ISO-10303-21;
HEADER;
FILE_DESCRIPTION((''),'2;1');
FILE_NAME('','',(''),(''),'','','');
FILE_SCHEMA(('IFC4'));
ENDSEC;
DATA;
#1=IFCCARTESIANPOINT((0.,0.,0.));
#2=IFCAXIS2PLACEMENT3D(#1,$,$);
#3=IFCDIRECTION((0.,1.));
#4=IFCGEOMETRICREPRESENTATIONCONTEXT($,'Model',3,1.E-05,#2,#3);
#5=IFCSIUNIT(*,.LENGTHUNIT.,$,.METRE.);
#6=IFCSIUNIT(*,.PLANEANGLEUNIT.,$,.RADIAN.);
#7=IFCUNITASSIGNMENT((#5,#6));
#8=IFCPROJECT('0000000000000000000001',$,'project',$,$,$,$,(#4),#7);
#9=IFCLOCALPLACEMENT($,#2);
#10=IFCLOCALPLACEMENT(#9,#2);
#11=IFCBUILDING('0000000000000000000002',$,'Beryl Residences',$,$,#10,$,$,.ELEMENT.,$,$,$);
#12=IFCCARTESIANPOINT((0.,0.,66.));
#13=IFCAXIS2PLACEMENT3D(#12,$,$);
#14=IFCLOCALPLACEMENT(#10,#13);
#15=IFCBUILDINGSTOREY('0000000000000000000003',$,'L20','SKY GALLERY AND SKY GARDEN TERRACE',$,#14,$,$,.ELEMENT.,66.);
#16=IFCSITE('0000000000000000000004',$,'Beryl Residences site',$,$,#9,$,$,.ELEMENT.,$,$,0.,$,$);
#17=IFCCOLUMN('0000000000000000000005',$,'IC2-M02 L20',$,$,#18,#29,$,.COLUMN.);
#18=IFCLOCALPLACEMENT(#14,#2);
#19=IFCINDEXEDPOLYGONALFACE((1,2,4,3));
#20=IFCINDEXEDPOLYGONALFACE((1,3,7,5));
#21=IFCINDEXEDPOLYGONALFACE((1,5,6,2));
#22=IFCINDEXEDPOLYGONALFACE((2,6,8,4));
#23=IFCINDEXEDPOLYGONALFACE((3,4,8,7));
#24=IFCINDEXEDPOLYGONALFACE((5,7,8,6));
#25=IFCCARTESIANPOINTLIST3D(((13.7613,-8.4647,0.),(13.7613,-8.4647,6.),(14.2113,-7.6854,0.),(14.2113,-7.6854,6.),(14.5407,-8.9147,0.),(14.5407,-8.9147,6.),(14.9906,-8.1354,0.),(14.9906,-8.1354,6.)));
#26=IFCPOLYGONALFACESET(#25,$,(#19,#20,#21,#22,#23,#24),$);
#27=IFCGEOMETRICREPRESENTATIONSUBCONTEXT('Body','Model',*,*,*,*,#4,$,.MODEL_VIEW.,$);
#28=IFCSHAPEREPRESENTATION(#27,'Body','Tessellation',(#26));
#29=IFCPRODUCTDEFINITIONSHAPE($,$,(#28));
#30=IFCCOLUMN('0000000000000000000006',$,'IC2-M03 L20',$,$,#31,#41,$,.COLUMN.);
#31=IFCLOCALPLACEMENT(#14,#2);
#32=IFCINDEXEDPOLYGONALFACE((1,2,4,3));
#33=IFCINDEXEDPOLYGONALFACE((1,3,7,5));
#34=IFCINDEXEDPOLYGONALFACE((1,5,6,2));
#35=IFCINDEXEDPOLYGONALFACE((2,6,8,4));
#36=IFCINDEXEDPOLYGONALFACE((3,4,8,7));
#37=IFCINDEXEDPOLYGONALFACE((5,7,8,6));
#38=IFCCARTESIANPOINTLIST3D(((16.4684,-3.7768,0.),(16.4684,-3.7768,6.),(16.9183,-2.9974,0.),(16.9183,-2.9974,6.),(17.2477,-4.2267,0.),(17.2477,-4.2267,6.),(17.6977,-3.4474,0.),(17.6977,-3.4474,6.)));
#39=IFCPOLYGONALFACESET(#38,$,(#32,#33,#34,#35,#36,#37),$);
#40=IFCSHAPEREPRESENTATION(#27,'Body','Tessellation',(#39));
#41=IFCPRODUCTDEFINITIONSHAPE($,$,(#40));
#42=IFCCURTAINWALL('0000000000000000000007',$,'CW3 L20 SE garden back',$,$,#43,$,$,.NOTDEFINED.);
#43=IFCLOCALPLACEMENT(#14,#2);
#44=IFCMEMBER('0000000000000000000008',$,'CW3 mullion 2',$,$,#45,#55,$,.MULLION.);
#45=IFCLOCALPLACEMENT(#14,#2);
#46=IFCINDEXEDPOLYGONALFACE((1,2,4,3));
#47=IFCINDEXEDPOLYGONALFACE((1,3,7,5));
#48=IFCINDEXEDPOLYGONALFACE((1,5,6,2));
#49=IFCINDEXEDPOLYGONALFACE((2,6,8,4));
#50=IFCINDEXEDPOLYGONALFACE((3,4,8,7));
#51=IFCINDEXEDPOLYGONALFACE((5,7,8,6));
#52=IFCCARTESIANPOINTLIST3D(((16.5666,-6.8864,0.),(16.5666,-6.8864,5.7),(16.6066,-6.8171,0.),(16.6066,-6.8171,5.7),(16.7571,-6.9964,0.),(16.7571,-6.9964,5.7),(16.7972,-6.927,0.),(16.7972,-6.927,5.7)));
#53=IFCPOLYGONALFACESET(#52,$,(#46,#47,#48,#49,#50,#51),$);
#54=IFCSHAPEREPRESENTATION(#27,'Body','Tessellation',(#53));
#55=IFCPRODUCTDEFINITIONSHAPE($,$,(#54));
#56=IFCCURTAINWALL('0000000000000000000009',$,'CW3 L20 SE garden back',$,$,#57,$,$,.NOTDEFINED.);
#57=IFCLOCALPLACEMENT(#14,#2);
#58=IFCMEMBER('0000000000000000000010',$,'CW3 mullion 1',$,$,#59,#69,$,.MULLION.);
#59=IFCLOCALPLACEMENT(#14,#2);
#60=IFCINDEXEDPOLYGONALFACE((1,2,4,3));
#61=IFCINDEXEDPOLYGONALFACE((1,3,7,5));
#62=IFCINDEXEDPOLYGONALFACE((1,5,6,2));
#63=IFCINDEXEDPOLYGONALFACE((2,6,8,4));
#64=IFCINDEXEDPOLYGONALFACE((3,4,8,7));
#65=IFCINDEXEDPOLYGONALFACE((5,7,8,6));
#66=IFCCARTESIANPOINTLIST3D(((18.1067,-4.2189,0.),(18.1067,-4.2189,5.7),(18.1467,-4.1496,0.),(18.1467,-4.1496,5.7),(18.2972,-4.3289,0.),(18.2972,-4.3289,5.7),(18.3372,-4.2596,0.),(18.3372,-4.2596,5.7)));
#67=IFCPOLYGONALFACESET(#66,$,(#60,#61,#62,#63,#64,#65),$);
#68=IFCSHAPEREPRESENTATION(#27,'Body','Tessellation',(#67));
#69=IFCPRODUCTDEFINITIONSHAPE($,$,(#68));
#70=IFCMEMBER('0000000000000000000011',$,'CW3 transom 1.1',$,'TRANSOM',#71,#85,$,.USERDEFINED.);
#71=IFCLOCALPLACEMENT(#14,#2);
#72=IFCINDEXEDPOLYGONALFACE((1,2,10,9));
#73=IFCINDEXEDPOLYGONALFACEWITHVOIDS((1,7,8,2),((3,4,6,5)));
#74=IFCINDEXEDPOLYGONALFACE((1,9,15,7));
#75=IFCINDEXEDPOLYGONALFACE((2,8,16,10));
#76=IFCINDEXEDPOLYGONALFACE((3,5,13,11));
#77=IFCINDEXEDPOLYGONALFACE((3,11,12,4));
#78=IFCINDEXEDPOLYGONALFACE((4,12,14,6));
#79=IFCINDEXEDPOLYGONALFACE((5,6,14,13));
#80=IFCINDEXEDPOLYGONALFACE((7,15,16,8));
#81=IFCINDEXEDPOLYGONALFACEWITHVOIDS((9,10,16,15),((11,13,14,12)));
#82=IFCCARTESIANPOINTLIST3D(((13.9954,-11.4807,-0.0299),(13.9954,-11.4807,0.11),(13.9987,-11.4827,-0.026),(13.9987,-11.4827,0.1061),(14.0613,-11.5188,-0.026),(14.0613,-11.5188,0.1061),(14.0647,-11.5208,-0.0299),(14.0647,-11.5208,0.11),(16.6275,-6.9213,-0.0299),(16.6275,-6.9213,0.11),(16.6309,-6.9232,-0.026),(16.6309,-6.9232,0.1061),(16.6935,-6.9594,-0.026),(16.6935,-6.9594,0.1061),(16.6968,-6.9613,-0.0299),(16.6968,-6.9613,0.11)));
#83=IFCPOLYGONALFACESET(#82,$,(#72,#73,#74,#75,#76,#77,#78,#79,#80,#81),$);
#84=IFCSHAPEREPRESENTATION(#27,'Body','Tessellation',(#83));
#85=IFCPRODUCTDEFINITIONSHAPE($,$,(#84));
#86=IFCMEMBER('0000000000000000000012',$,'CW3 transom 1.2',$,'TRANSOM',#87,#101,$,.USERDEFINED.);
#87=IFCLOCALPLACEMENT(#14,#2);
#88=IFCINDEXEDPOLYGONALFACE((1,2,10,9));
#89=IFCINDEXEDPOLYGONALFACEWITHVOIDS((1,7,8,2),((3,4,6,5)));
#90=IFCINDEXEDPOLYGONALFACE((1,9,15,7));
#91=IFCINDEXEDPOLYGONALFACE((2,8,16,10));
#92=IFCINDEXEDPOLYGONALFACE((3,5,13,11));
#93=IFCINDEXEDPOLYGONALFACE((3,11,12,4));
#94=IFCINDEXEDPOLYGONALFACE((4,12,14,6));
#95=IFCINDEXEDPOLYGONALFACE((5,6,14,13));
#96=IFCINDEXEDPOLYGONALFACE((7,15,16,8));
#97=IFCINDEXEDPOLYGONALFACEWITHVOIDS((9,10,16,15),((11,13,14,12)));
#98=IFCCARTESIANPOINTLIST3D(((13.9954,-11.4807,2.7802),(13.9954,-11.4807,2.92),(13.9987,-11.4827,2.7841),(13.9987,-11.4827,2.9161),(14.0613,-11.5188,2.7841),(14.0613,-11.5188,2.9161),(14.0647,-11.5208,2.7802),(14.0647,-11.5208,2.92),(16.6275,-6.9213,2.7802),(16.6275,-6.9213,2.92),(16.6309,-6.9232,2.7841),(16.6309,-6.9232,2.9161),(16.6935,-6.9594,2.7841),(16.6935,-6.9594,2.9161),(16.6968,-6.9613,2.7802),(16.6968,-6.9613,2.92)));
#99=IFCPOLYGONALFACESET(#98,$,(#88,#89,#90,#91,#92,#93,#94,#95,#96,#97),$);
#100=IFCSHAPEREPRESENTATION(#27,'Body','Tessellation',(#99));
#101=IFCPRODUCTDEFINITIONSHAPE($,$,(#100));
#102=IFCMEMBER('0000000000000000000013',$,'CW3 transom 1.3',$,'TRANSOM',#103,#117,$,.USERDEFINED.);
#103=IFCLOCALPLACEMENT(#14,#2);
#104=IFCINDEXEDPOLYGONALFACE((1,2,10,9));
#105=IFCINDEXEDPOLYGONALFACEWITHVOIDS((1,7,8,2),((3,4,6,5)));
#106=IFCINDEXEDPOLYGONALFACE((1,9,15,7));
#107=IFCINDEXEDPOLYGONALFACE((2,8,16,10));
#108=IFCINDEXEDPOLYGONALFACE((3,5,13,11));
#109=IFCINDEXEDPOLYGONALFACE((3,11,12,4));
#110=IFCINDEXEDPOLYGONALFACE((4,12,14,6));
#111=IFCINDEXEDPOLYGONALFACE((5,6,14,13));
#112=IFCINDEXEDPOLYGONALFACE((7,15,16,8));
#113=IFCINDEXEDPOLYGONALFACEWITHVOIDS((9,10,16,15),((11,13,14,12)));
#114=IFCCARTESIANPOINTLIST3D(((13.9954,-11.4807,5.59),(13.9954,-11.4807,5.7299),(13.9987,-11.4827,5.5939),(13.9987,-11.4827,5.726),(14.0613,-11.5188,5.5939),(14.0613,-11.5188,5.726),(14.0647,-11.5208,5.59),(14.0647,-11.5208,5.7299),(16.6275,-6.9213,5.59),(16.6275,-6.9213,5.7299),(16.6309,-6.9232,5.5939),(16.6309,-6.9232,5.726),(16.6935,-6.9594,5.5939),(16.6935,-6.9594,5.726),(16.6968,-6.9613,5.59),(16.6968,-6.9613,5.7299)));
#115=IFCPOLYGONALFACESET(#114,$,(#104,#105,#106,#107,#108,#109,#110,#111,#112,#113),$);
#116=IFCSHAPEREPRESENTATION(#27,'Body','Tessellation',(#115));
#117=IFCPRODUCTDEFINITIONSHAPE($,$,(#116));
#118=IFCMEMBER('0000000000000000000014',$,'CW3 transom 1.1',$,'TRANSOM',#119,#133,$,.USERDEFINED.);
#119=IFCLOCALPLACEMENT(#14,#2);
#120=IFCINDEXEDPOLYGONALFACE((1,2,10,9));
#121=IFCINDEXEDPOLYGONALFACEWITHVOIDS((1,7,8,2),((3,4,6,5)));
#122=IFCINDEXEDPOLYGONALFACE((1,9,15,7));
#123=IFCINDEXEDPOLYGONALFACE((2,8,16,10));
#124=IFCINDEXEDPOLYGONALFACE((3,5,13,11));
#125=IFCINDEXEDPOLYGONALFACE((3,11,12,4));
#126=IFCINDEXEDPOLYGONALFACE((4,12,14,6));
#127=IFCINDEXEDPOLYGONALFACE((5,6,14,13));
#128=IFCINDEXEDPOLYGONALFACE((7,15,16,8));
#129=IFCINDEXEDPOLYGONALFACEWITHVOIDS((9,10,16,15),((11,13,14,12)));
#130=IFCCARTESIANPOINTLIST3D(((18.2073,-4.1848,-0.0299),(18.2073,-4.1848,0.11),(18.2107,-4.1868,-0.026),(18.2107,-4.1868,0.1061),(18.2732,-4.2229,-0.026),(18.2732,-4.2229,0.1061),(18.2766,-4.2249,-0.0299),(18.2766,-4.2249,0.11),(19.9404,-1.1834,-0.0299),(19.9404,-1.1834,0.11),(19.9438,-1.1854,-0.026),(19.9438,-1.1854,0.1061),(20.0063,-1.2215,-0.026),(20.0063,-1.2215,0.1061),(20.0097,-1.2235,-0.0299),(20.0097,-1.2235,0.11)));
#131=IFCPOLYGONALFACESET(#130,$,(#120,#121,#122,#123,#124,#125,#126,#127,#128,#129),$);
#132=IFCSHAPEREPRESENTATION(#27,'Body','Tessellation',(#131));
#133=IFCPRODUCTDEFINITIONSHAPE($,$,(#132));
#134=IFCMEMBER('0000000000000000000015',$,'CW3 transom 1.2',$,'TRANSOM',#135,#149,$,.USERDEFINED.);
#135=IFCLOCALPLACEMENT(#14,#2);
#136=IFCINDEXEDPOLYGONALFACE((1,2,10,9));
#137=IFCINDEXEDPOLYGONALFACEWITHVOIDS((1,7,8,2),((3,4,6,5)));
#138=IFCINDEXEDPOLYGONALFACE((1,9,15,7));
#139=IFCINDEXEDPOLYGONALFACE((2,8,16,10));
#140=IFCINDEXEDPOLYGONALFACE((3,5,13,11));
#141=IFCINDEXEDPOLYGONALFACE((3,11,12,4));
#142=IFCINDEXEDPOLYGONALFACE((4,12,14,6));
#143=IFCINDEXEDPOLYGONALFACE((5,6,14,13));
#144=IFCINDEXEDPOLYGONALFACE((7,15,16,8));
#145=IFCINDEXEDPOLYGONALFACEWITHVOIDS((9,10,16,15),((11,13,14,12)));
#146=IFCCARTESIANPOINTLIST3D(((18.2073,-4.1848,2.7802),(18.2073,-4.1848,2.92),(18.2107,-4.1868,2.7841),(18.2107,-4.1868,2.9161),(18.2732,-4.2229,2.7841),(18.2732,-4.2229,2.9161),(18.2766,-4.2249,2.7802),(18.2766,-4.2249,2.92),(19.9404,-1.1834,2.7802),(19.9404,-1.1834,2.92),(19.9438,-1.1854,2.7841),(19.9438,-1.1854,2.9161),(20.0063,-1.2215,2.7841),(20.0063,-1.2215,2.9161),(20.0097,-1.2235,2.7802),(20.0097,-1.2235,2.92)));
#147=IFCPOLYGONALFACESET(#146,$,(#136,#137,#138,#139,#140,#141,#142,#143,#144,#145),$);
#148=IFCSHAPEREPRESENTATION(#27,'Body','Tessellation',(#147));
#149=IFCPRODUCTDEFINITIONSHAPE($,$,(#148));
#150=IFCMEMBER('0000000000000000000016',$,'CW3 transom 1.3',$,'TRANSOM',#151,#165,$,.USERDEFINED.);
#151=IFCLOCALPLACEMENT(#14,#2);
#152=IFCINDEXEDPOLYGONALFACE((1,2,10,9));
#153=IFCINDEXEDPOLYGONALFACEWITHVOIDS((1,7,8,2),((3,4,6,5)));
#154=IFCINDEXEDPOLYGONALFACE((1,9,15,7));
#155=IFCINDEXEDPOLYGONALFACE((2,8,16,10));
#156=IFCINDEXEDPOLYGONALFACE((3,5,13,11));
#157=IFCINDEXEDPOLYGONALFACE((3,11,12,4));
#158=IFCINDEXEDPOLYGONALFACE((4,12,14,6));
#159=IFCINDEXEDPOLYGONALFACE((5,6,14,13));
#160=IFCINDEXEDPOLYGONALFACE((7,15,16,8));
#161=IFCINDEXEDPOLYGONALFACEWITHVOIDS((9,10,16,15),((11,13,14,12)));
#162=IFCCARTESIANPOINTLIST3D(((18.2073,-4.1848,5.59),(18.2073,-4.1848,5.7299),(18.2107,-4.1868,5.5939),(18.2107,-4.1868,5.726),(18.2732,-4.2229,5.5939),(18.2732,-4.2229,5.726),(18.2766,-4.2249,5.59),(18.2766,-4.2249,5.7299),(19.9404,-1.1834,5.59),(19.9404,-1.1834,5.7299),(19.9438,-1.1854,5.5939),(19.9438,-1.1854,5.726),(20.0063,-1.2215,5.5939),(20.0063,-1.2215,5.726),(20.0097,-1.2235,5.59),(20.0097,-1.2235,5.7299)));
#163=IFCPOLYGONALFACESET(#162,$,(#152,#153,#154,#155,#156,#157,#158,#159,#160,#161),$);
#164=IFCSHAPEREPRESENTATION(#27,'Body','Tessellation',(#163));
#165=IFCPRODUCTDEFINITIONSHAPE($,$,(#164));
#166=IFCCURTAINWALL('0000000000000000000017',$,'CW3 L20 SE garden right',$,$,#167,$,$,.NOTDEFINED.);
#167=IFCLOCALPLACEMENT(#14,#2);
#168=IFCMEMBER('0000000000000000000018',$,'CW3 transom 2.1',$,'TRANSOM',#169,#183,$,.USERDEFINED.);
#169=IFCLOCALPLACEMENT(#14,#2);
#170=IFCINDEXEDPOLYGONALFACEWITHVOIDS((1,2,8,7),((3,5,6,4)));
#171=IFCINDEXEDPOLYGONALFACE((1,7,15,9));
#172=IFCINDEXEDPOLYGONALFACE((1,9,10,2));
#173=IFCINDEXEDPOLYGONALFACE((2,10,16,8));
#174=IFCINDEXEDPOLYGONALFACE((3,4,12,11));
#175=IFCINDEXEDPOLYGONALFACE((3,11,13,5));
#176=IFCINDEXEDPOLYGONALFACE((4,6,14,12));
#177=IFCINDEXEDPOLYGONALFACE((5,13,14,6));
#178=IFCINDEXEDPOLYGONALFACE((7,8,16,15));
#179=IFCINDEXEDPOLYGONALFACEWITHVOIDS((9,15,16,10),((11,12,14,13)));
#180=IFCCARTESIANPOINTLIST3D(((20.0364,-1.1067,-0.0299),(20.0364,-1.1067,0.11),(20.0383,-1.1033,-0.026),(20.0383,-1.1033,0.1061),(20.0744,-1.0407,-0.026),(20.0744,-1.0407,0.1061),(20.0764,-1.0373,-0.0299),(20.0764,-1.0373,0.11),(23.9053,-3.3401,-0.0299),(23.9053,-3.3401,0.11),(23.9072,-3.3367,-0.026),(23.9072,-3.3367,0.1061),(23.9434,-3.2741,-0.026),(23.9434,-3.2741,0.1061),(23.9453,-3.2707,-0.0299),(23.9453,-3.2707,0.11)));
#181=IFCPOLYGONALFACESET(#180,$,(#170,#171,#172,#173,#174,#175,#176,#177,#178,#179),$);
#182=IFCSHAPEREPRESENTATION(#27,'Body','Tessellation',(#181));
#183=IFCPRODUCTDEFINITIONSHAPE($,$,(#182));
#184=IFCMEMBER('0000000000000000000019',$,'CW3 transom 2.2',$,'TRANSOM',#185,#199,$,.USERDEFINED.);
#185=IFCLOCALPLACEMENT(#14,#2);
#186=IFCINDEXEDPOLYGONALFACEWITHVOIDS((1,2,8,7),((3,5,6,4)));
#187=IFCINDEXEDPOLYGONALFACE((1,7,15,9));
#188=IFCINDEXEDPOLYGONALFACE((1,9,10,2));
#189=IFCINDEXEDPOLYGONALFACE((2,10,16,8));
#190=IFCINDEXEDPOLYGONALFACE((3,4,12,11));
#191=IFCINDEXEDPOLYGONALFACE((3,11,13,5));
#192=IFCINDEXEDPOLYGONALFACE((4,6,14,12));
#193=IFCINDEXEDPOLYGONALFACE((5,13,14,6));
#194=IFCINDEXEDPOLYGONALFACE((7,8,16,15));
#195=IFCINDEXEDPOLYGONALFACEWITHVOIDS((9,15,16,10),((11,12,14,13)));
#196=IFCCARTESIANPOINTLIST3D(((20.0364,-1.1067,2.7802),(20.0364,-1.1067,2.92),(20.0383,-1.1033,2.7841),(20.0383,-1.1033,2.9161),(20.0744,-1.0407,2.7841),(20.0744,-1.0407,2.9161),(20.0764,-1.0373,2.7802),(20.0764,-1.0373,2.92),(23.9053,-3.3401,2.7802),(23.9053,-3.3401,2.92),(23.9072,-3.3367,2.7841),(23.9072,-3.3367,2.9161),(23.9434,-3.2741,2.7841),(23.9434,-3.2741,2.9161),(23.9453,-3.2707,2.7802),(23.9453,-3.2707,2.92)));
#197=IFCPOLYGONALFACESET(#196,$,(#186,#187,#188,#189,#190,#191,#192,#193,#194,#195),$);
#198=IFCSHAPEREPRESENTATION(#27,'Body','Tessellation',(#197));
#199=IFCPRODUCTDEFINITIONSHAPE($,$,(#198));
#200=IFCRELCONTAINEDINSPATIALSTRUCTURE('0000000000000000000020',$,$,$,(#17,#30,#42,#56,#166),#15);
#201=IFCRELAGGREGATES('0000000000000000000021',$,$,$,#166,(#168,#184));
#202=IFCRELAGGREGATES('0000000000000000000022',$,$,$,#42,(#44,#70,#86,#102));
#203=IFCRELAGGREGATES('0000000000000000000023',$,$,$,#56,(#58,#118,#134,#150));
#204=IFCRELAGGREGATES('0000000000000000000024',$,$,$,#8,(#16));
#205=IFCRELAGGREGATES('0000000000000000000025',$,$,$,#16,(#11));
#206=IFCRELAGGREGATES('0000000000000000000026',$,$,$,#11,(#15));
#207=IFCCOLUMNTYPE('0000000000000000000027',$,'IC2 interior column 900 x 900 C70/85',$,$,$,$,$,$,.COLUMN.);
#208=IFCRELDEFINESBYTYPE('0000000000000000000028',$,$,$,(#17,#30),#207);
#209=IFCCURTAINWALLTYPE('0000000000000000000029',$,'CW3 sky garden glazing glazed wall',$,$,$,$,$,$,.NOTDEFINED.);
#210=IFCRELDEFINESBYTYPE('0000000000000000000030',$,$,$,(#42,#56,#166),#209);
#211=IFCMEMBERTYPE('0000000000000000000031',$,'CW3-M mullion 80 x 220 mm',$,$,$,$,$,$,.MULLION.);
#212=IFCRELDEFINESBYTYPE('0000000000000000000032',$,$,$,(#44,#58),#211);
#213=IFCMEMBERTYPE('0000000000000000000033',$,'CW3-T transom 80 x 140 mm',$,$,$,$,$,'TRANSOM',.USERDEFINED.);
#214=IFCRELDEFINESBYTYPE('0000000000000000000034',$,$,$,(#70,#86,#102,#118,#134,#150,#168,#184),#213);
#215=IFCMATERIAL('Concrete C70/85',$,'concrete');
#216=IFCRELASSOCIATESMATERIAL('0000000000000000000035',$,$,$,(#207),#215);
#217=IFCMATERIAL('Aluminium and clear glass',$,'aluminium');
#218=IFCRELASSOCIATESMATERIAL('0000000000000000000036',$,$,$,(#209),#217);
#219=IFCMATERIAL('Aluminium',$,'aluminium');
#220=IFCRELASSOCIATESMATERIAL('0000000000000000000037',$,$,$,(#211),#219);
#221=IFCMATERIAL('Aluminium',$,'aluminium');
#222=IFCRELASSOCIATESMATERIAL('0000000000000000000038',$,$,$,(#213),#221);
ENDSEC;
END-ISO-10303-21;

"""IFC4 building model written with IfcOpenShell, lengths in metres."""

from ifc_helpers import new_model, si_unit, direction, frame, origin, origin_2d, place, context, subcontext, project, spatial, rectangle, hollow_rectangle, extrude, material, material_profile, profile_set, type_object, element, aggregate, save


model = new_model("IFC4")

# Units and contexts
model_context = context("Model", 3, precision=1e-05, world=origin(), true_north=direction((0.0, 1.0)))
body_context = subcontext(model_context, "Body", "Model", "MODEL_VIEW")
ifc_project = project(units=[si_unit("LENGTHUNIT", "METRE"), si_unit("PLANEANGLEUNIT", "RADIAN")], contexts=[model_context])

# Site, building, storey
site_placement = place(None, origin())
site = spatial("IfcSite", under=ifc_project, at=site_placement, Name="Beryl Residences site", CompositionType="ELEMENT", RefElevation=0.0)
building_placement = place(site_placement, origin())
building = spatial("IfcBuilding", under=site, at=building_placement, Name="Beryl Residences", CompositionType="ELEMENT")
storey_placement = place(building_placement, frame((0.0, 0.0, 66.0)))
storey = spatial("IfcBuildingStorey", under=building, at=storey_placement, Name="L20", Description="SKY GALLERY AND SKY GARDEN TERRACE", CompositionType="ELEMENT", Elevation=66.0)

# Columns
ifc_material_1 = material(Name="Concrete C70/85", Category="concrete")
ifc_material_profile_1 = material_profile(ifc_material_1, rectangle(XDim=0.8999, YDim=0.8999, at=origin_2d()))
ifc_profile_set_1 = profile_set([ifc_material_profile_1], Name="Concrete C70/85")
column_type = type_object("IfcColumnType", Name="IC2 interior column 900 x 900 C70/85", PredefinedType="COLUMN", material=ifc_profile_set_1)
for number, where, z_axis, x_axis, name in (
    (1, (14.376, -8.3, 0.0), (0.0, 0.0, 1.0), (0.5, 0.866025, 0.0), "IC2-M02 L20"),
    (2, (17.083, -3.6121, 0.0), (0.0, 0.0, 1.0), (0.5, 0.866025, 0.0), "IC2-M03 L20"),
):
    element("IfcColumn", number, at=place(storey_placement, frame(where, z_axis=z_axis, x_axis=x_axis)), inside=storey, type_object=column_type, Name=name, PredefinedType="COLUMN", context=body_context, shape_type="SweptSolid", body=[
        extrude(rectangle(XDim=0.8999, YDim=0.8999, at=origin_2d()), origin(), (0.0, 0.0, 1.0), 6.0),
    ])

# Curtain walls, members
ifc_material_2 = material(Name="Aluminium and clear glass", Category="aluminium")
curtain_wall_type = type_object("IfcCurtainWallType", Name="CW3 sky garden glazing glazed wall", PredefinedType="NOTDEFINED", material=ifc_material_2)
curtain_wall_1_placement = place(storey_placement, origin())
curtain_wall_1 = element("IfcCurtainWall", 3, at=curtain_wall_1_placement, inside=storey, type_object=curtain_wall_type, Name="CW3 L20 SE garden back", PredefinedType="NOTDEFINED")
ifc_material_3 = material(Name="Aluminium", Category="aluminium")
ifc_material_profile_2 = material_profile(ifc_material_3, rectangle(XDim=0.0801, YDim=0.22, at=origin_2d()))
ifc_profile_set_2 = profile_set([ifc_material_profile_2], Name="Aluminium")
member_type_1 = type_object("IfcMemberType", Name="CW3-M mullion 80 x 220 mm", PredefinedType="MULLION", material=ifc_profile_set_2)
member_1_placement = place(storey_placement, frame((16.6819, -6.9067, 0.0), z_axis=(0.0, 0.0, 1.0), x_axis=(0.499946, 0.866057, 0.0)))
member_1 = element("IfcMember", 4, at=member_1_placement, type_object=member_type_1, Name="CW3 mullion 2", PredefinedType="MULLION", context=body_context, shape_type="SweptSolid", body=[
    extrude(rectangle(XDim=0.0801, YDim=0.22, at=origin_2d()), origin(), (0.0, 0.0, 1.0), 5.7),
])
curtain_wall_2_placement = place(storey_placement, origin())
curtain_wall_2 = element("IfcCurtainWall", 5, at=curtain_wall_2_placement, inside=storey, type_object=curtain_wall_type, Name="CW3 L20 SE garden back", PredefinedType="NOTDEFINED")
member_2_placement = place(storey_placement, frame((18.2219, -4.2393, 0.0), z_axis=(0.0, 0.0, 1.0), x_axis=(0.500025, 0.866011, 0.0)))
member_2 = element("IfcMember", 6, at=member_2_placement, type_object=member_type_1, Name="CW3 mullion 1", PredefinedType="MULLION", context=body_context, shape_type="SweptSolid", body=[
    extrude(rectangle(XDim=0.0801, YDim=0.22, at=origin_2d()), origin(), (0.0, 0.0, 1.0), 5.7),
])

# Members
ifc_material_4 = material(Name="Aluminium", Category="aluminium")
ifc_material_profile_3 = material_profile(ifc_material_4, hollow_rectangle(XDim=0.0801, YDim=0.1399, WallThickness=0.0039, at=origin_2d()))
ifc_profile_set_3 = profile_set([ifc_material_profile_3], Name="Aluminium")
member_type_2 = type_object("IfcMemberType", Name="CW3-T transom 80 x 140 mm", ElementType="TRANSOM", PredefinedType="USERDEFINED", material=ifc_profile_set_3)
member_3_placement = place(storey_placement, frame((14.03, -11.5007, 0.04), z_axis=(0.499965, 0.866046, 0.0), x_axis=(-0.866046, 0.499965, 0.0)))
member_3 = element("IfcMember", 7, at=member_3_placement, type_object=member_type_2, Name="CW3 transom 1.1", ObjectType="TRANSOM", PredefinedType="USERDEFINED", context=body_context, shape_type="SweptSolid", body=[
    extrude(hollow_rectangle(XDim=0.0801, YDim=0.1399, WallThickness=0.0039, at=origin_2d()), origin(), (0.0, 0.0, 1.0), 5.2646),
])
member_4_placement = place(storey_placement, frame((14.03, -11.5007, 2.8501), z_axis=(0.499965, 0.866046, 0.0), x_axis=(-0.866046, 0.499965, 0.0)))
member_4 = element("IfcMember", 8, at=member_4_placement, type_object=member_type_2, Name="CW3 transom 1.2", ObjectType="TRANSOM", PredefinedType="USERDEFINED", context=body_context, shape_type="SweptSolid", body=[
    extrude(hollow_rectangle(XDim=0.0801, YDim=0.1399, WallThickness=0.0039, at=origin_2d()), origin(), (0.0, 0.0, 1.0), 5.2646),
])
member_5_placement = place(storey_placement, frame((14.03, -11.5007, 5.6599), z_axis=(0.499965, 0.866046, 0.0), x_axis=(-0.866046, 0.499965, 0.0)))
member_5 = element("IfcMember", 9, at=member_5_placement, type_object=member_type_2, Name="CW3 transom 1.3", ObjectType="TRANSOM", PredefinedType="USERDEFINED", context=body_context, shape_type="SweptSolid", body=[
    extrude(hollow_rectangle(XDim=0.0801, YDim=0.1399, WallThickness=0.0039, at=origin_2d()), origin(), (0.0, 0.0, 1.0), 5.2646),
])
member_6_placement = place(storey_placement, frame((18.2419, -4.2048, 0.04), z_axis=(0.500056, 0.865993, 0.0), x_axis=(-0.865993, 0.500056, 0.0)))
member_6 = element("IfcMember", 10, at=member_6_placement, type_object=member_type_2, Name="CW3 transom 1.1", ObjectType="TRANSOM", PredefinedType="USERDEFINED", context=body_context, shape_type="SweptSolid", body=[
    extrude(hollow_rectangle(XDim=0.0801, YDim=0.1399, WallThickness=0.0039, at=origin_2d()), origin(), (0.0, 0.0, 1.0), 3.4658),
])
member_7_placement = place(storey_placement, frame((18.2419, -4.2048, 2.8501), z_axis=(0.500056, 0.865993, 0.0), x_axis=(-0.865993, 0.500056, 0.0)))
member_7 = element("IfcMember", 11, at=member_7_placement, type_object=member_type_2, Name="CW3 transom 1.2", ObjectType="TRANSOM", PredefinedType="USERDEFINED", context=body_context, shape_type="SweptSolid", body=[
    extrude(hollow_rectangle(XDim=0.0801, YDim=0.1399, WallThickness=0.0039, at=origin_2d()), origin(), (0.0, 0.0, 1.0), 3.4658),
])
member_8_placement = place(storey_placement, frame((18.2419, -4.2048, 5.6599), z_axis=(0.500056, 0.865993, 0.0), x_axis=(-0.865993, 0.500056, 0.0)))
member_8 = element("IfcMember", 12, at=member_8_placement, type_object=member_type_2, Name="CW3 transom 1.3", ObjectType="TRANSOM", PredefinedType="USERDEFINED", context=body_context, shape_type="SweptSolid", body=[
    extrude(hollow_rectangle(XDim=0.0801, YDim=0.1399, WallThickness=0.0039, at=origin_2d()), origin(), (0.0, 0.0, 1.0), 3.4658),
])

# Curtain wall, members
curtain_wall_3_placement = place(storey_placement, origin())
curtain_wall_3 = element("IfcCurtainWall", 13, at=curtain_wall_3_placement, inside=storey, type_object=curtain_wall_type, Name="CW3 L20 SE garden right", PredefinedType="NOTDEFINED")
member_9_placement = place(storey_placement, frame((23.9253, -3.3054, 0.04), z_axis=(-0.866055, 0.499948, 0.0), x_axis=(-0.499948, -0.866055, 0.0)))
member_9 = element("IfcMember", 14, at=member_9_placement, type_object=member_type_2, Name="CW3 transom 2.1", ObjectType="TRANSOM", PredefinedType="USERDEFINED", context=body_context, shape_type="SweptSolid", body=[
    extrude(hollow_rectangle(XDim=0.0801, YDim=0.1399, WallThickness=0.0039, at=origin_2d()), origin(), (0.0, 0.0, 1.0), 4.4673),
])
member_10_placement = place(storey_placement, frame((23.9253, -3.3054, 2.8501), z_axis=(-0.866055, 0.499948, 0.0), x_axis=(-0.499948, -0.866055, 0.0)))
member_10 = element("IfcMember", 15, at=member_10_placement, type_object=member_type_2, Name="CW3 transom 2.2", ObjectType="TRANSOM", PredefinedType="USERDEFINED", context=body_context, shape_type="SweptSolid", body=[
    extrude(hollow_rectangle(XDim=0.0801, YDim=0.1399, WallThickness=0.0039, at=origin_2d()), origin(), (0.0, 0.0, 1.0), 4.4673),
])
aggregate(curtain_wall_3, [member_9, member_10])

aggregate(curtain_wall_1, [member_1, member_3, member_4, member_5])
aggregate(curtain_wall_2, [member_2, member_6, member_7, member_8])

save(model, "model.ifc")
